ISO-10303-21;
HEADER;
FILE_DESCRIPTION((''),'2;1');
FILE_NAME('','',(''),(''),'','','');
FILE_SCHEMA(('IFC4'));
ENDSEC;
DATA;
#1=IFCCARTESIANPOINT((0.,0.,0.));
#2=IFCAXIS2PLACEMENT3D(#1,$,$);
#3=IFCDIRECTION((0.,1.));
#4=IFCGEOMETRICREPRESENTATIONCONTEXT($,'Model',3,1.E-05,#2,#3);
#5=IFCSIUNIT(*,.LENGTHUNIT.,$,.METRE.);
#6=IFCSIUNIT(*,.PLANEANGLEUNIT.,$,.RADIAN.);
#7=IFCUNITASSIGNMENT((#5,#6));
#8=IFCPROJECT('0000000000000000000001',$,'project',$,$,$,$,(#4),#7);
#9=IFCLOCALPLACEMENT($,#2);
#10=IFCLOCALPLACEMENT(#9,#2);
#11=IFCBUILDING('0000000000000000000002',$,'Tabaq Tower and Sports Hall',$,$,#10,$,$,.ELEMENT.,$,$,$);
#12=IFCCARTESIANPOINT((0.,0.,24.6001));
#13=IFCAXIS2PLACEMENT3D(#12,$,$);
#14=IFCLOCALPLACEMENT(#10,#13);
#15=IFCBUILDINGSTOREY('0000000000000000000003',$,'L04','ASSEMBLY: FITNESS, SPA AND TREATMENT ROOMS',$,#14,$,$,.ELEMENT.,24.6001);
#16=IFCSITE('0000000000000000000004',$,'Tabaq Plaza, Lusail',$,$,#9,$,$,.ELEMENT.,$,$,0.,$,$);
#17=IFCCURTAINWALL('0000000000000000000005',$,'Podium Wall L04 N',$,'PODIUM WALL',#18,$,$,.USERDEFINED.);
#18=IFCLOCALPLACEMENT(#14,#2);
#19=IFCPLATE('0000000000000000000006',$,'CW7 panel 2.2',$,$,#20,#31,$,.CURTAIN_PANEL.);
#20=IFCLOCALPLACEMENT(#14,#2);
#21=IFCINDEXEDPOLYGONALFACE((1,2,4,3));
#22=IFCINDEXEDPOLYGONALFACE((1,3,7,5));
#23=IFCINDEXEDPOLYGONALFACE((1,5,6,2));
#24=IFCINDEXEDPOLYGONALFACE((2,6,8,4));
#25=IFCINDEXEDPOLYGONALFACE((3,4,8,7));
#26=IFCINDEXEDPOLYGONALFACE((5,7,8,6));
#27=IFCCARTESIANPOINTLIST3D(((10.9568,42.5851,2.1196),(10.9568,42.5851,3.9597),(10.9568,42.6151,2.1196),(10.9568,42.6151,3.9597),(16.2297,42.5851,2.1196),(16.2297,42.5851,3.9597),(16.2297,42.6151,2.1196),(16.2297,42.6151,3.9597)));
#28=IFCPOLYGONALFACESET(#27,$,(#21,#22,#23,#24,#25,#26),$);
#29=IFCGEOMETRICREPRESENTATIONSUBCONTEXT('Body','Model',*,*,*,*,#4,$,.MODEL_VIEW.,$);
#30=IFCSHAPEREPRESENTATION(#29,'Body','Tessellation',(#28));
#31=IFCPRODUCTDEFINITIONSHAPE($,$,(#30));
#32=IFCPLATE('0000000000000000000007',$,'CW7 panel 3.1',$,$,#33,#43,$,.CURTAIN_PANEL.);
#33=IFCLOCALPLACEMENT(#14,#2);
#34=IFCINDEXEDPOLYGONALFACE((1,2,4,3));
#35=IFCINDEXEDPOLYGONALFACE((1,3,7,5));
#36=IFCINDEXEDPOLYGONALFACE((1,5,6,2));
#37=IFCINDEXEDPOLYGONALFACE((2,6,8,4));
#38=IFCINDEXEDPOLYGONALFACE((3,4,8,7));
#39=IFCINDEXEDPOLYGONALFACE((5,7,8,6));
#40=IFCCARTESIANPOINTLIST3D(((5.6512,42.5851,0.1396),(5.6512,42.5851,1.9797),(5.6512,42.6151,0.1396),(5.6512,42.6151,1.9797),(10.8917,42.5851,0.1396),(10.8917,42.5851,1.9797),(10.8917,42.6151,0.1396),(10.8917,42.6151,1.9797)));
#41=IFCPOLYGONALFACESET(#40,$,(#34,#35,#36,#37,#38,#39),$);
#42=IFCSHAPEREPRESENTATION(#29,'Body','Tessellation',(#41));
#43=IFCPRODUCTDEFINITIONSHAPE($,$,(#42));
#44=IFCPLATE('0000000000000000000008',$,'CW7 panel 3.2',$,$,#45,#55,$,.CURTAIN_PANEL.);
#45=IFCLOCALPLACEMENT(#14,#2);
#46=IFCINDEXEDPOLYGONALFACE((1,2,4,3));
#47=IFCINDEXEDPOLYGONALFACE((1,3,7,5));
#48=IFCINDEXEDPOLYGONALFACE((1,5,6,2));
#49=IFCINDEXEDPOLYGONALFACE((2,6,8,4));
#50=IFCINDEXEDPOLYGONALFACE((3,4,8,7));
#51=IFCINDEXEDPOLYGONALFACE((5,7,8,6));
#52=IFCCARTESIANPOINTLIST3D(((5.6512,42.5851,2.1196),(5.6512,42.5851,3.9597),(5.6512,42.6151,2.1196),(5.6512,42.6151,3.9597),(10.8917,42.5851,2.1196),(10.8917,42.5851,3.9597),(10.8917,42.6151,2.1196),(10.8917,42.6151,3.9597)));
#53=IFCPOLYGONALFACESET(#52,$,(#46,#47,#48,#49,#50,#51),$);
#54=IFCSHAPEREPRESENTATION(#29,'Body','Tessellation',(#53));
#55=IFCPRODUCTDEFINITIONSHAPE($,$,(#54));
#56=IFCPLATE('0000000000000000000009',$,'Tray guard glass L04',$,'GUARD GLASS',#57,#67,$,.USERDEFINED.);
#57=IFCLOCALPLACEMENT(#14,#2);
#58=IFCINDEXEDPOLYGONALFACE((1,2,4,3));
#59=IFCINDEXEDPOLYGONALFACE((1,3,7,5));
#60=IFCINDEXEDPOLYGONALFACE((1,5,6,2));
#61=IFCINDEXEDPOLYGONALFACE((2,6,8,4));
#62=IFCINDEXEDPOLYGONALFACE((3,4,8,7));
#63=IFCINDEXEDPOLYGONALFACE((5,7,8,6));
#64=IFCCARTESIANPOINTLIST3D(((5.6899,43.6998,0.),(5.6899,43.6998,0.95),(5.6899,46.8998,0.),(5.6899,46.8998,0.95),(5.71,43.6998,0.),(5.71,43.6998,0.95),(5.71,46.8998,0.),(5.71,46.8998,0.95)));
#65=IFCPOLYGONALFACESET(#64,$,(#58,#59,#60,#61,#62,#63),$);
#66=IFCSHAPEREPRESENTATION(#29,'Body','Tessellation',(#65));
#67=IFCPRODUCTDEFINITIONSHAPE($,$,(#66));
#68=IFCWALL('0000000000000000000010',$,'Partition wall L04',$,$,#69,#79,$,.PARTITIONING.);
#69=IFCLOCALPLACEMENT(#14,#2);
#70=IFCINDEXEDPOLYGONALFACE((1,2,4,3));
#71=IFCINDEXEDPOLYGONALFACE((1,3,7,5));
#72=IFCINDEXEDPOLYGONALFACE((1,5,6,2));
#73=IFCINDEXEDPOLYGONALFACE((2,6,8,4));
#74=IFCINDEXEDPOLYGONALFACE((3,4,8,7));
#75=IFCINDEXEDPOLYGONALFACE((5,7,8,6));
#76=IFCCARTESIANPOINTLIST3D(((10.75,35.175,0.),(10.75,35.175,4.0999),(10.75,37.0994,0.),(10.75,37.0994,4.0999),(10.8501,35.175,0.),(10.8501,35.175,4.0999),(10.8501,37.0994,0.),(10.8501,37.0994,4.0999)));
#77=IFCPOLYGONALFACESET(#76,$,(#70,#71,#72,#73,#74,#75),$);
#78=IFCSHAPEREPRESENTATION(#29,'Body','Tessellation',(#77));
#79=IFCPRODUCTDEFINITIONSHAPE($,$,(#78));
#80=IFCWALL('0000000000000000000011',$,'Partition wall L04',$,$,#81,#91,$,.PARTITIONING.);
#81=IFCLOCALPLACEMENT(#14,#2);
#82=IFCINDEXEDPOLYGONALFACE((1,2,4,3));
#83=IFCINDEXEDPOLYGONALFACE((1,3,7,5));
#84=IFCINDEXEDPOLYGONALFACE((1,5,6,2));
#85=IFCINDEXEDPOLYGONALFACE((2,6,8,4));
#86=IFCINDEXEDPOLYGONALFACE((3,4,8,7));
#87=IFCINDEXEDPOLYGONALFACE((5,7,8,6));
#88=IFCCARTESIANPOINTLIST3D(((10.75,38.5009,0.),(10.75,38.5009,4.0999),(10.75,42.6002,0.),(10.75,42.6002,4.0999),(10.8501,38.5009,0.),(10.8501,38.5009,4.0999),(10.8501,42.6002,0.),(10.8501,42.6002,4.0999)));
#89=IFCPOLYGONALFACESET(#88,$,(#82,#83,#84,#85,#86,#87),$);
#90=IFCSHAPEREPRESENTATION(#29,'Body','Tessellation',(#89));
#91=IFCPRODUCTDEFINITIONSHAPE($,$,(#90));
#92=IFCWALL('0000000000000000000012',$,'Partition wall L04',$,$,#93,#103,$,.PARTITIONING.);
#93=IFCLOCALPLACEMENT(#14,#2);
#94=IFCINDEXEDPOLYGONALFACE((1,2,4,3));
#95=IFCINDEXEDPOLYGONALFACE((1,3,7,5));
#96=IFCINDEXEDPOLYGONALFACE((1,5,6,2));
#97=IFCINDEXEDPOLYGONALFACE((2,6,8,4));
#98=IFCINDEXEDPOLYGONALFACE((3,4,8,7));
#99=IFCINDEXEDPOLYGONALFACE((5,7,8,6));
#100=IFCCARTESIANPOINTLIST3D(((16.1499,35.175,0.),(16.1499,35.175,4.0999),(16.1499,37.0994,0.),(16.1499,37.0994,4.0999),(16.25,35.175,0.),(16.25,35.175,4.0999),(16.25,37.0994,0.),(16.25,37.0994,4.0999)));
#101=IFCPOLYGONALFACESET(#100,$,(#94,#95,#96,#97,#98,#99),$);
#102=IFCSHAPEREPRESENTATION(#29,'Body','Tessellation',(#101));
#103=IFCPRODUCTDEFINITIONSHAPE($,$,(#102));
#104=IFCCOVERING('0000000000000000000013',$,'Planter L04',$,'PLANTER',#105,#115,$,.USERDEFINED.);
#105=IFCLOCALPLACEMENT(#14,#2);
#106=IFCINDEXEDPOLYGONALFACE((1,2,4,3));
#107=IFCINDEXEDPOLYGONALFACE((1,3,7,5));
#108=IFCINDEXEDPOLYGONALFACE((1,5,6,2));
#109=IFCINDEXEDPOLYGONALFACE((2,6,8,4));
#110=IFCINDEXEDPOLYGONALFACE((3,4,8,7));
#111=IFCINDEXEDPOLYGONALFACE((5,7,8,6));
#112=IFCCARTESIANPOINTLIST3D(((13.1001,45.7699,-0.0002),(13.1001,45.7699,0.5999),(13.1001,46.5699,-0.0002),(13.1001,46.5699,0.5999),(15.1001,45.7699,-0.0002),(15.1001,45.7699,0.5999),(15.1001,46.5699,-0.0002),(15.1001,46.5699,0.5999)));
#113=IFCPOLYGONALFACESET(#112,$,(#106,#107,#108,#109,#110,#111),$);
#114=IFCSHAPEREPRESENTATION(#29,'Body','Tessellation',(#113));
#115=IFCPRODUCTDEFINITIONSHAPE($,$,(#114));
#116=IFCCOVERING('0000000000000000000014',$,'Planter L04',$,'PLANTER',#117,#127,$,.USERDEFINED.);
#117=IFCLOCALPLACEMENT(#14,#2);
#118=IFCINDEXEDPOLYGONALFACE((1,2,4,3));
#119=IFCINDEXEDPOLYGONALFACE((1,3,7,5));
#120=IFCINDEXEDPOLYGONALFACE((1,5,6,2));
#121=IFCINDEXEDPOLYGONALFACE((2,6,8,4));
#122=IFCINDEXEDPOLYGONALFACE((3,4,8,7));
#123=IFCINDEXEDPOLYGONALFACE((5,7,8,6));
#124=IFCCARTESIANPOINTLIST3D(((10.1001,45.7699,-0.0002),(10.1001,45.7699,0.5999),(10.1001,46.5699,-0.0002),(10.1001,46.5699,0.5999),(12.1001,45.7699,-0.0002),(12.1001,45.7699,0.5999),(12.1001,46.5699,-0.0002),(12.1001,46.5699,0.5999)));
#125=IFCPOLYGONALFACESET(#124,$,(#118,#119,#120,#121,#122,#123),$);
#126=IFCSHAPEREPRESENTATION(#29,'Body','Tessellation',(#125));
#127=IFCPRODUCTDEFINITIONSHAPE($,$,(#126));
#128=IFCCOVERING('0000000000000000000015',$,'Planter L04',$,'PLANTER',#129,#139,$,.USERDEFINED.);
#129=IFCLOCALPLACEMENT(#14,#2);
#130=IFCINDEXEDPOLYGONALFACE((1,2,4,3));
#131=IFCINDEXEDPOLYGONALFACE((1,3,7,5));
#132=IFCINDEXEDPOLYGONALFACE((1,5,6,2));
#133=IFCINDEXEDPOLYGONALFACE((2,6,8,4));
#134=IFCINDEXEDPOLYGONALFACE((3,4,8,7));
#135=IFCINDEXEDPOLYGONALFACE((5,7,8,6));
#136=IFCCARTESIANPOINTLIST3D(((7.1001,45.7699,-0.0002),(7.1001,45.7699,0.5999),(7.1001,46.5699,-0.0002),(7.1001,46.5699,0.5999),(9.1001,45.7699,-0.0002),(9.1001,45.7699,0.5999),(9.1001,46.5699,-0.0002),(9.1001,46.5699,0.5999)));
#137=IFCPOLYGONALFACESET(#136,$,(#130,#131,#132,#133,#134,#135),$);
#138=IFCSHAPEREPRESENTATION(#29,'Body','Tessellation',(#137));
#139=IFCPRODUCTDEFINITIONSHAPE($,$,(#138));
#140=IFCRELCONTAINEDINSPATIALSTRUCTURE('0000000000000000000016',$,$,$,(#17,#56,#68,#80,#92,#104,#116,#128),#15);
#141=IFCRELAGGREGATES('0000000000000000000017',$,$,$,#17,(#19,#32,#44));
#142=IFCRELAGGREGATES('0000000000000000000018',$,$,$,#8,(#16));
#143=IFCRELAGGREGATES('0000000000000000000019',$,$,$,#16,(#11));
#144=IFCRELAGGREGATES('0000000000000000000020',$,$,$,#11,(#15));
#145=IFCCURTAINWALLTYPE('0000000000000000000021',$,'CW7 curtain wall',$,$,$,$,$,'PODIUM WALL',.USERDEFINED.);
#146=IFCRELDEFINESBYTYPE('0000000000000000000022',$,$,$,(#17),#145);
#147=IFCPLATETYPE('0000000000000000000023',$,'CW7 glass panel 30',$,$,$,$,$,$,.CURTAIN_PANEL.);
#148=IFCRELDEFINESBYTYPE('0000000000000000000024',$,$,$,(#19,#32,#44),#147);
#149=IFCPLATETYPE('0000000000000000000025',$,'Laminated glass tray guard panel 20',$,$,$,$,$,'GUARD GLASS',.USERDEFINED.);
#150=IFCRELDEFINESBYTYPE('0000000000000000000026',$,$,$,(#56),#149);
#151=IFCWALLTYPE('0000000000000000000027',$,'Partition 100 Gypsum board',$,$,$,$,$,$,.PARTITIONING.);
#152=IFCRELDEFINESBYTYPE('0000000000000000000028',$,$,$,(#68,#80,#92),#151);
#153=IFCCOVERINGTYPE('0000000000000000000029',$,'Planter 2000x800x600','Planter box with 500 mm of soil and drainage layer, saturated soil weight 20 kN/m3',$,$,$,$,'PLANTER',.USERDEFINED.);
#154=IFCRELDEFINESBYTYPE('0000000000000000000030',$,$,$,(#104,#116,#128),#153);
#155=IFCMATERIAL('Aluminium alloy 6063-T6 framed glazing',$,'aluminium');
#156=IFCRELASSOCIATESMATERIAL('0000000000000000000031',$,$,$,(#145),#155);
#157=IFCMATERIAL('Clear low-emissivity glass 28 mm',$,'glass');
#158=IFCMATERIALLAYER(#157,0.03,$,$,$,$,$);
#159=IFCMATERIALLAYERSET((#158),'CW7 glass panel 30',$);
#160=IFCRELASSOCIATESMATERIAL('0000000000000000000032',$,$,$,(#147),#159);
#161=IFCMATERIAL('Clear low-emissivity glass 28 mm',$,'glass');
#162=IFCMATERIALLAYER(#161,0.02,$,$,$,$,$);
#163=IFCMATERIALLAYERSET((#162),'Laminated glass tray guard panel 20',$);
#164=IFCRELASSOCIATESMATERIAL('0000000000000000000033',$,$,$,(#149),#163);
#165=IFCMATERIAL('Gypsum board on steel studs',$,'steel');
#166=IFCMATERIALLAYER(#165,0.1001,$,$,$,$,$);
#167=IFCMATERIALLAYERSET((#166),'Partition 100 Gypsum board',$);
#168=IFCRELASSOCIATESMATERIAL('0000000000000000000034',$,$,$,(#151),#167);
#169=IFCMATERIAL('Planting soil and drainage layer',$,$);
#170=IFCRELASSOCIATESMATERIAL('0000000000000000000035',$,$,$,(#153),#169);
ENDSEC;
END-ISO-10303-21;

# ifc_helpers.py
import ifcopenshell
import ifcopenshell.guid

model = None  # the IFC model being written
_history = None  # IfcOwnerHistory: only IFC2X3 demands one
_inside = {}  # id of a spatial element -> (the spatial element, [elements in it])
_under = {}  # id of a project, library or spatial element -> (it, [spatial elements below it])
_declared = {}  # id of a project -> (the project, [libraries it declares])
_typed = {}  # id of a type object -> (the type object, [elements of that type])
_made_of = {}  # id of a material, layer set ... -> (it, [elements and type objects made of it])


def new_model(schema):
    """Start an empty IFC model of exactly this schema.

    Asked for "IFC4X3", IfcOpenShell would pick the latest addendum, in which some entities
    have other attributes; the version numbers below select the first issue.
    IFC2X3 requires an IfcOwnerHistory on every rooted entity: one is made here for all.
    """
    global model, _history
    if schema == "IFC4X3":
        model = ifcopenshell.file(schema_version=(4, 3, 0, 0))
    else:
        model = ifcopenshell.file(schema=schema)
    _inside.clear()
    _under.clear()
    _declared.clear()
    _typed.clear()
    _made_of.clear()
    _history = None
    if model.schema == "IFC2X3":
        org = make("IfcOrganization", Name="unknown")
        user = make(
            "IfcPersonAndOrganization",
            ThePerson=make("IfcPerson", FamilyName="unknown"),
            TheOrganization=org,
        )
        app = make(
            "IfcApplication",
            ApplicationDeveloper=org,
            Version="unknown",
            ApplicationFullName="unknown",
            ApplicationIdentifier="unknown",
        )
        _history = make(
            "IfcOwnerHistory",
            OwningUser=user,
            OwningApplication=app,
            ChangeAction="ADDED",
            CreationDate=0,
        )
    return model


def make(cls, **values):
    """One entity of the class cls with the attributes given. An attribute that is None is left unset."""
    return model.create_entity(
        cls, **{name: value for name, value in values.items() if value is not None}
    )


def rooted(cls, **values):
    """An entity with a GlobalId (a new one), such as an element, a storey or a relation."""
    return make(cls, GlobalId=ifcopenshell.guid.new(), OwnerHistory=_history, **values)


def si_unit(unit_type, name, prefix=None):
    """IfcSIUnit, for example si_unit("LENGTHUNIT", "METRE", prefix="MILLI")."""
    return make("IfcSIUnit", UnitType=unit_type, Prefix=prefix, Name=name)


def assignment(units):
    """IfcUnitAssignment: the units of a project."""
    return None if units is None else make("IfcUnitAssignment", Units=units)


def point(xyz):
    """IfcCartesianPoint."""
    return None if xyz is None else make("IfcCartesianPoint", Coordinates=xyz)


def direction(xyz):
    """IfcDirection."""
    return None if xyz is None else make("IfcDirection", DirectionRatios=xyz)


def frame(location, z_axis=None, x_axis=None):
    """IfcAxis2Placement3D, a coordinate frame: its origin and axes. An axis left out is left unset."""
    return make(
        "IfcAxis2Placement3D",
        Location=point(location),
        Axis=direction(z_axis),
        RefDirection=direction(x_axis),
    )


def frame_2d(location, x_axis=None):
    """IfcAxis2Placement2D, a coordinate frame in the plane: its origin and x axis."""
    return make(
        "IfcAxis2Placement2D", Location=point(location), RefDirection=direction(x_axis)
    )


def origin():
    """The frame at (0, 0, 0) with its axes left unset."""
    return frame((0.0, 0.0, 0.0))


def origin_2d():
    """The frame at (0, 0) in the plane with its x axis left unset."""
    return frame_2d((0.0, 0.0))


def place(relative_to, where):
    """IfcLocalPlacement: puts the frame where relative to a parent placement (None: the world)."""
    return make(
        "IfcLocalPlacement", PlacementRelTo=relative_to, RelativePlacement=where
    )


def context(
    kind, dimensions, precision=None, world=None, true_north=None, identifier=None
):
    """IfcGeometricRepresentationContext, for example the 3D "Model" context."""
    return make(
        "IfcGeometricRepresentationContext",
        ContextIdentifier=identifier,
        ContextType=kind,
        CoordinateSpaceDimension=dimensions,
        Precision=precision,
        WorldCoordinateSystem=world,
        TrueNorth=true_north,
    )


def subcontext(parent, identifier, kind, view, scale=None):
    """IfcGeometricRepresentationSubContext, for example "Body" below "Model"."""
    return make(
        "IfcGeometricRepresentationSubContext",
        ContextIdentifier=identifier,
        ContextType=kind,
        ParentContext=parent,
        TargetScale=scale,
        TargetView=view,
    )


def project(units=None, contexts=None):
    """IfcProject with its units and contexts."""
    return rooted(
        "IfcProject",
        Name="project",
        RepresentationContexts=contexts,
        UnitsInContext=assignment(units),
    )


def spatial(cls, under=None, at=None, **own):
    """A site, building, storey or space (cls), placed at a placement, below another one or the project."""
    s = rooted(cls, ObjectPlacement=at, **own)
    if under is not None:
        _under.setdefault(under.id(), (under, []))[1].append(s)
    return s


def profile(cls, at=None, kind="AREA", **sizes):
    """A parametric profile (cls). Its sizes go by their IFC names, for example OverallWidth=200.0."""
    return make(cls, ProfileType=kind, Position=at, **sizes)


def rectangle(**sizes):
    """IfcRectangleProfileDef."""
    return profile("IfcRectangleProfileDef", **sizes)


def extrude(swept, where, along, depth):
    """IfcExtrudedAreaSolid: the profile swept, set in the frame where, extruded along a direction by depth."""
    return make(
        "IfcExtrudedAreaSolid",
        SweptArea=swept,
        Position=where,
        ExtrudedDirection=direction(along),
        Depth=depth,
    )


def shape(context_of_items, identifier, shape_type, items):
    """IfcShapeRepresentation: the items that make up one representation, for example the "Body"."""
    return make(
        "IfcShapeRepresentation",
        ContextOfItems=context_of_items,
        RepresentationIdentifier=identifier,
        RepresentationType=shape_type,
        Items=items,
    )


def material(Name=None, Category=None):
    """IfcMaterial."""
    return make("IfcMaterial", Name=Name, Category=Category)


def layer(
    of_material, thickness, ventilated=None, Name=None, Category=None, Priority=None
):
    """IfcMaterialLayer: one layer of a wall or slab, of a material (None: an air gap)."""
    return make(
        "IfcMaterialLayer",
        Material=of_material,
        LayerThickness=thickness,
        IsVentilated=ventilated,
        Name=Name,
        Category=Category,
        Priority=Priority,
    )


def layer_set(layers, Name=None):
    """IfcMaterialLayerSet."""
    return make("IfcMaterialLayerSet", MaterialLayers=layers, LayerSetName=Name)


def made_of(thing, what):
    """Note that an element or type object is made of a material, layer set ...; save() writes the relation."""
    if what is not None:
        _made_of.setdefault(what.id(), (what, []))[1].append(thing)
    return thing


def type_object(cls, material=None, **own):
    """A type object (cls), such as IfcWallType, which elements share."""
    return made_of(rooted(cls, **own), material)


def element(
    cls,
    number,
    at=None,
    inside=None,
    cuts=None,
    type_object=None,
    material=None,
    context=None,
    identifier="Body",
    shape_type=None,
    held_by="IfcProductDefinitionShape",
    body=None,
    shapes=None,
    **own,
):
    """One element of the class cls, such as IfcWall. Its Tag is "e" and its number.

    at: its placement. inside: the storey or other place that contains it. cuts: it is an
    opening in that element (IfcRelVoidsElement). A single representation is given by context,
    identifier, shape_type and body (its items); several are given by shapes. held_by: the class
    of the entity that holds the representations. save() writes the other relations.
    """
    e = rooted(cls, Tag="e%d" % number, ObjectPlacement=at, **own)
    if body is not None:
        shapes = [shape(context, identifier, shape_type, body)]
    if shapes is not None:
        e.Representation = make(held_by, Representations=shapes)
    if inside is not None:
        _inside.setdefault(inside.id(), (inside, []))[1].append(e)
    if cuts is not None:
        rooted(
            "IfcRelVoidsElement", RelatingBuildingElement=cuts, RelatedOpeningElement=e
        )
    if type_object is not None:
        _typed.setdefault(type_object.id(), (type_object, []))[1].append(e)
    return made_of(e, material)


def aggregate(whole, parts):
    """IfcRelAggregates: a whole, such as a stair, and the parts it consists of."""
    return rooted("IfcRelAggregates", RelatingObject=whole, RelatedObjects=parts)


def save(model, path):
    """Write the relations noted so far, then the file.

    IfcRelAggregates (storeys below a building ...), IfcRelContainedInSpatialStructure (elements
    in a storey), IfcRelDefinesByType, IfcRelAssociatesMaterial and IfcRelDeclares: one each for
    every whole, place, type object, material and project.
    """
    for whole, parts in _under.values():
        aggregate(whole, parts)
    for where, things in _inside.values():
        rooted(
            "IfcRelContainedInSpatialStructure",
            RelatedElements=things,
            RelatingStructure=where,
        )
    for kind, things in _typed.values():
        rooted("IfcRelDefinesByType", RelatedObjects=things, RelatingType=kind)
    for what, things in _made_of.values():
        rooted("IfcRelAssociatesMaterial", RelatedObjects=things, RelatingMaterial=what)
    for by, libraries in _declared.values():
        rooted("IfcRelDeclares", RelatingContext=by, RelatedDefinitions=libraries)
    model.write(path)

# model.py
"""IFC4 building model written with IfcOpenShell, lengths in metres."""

from ifc_helpers import new_model, si_unit, direction, frame, frame_2d, origin, origin_2d, place, context, subcontext, project, spatial, rectangle, extrude, material, layer, layer_set, type_object, element, aggregate, save


model = new_model("IFC4")

# Units and contexts
model_context = context("Model", 3, precision=1e-05, world=origin(), true_north=direction((0.0, 1.0)))
body_context = subcontext(model_context, "Body", "Model", "MODEL_VIEW")
ifc_project = project(units=[si_unit("LENGTHUNIT", "METRE"), si_unit("PLANEANGLEUNIT", "RADIAN")], contexts=[model_context])

# Site, building, storey
site_placement = place(None, origin())
site = spatial("IfcSite", under=ifc_project, at=site_placement, Name="Tabaq Plaza, Lusail", CompositionType="ELEMENT", RefElevation=0.0)
building_placement = place(site_placement, origin())
building = spatial("IfcBuilding", under=site, at=building_placement, Name="Tabaq Tower and Sports Hall", CompositionType="ELEMENT")
storey_placement = place(building_placement, frame((0.0, 0.0, 24.6001)))
storey = spatial("IfcBuildingStorey", under=building, at=storey_placement, Name="L04", Description="ASSEMBLY: FITNESS, SPA AND TREATMENT ROOMS", CompositionType="ELEMENT", Elevation=24.6001)

# Curtain wall
ifc_material_1 = material(Name="Aluminium alloy 6063-T6 framed glazing", Category="aluminium")
curtain_wall_type = type_object("IfcCurtainWallType", Name="CW7 curtain wall", ElementType="PODIUM WALL", PredefinedType="USERDEFINED", material=ifc_material_1)
curtain_wall_1_placement = place(storey_placement, origin())
curtain_wall_1 = element("IfcCurtainWall", 1, at=curtain_wall_1_placement, inside=storey, type_object=curtain_wall_type, Name="Podium Wall L04 N", ObjectType="PODIUM WALL", PredefinedType="USERDEFINED")

# Plates
ifc_material_2 = material(Name="Clear low-emissivity glass 28 mm", Category="glass")
ifc_layer_1 = layer(ifc_material_2, 0.03)
ifc_layer_set_1 = layer_set([ifc_layer_1], Name="CW7 glass panel 30")
plate_type_1 = type_object("IfcPlateType", Name="CW7 glass panel 30", PredefinedType="CURTAIN_PANEL", material=ifc_layer_set_1)
plate_1_placement = place(storey_placement, frame((13.5933, 42.6001, 2.1196), z_axis=(0.0, 0.0, 1.0), x_axis=(-1.0, 0.0, 0.0)))
plate_1 = element("IfcPlate", 2, at=plate_1_placement, type_object=plate_type_1, Name="CW7 panel 2.2", PredefinedType="CURTAIN_PANEL", context=body_context, shape_type="SweptSolid", body=[
    extrude(rectangle(XDim=5.2729, YDim=0.03, at=origin_2d()), origin(), (0.0, 0.0, 1.0), 1.8401),
])
plate_2_placement = place(storey_placement, frame((8.2715, 42.6001, 0.1396), z_axis=(0.0, 0.0, 1.0), x_axis=(-1.0, 0.0, 0.0)))
plate_2 = element("IfcPlate", 3, at=plate_2_placement, type_object=plate_type_1, Name="CW7 panel 3.1", PredefinedType="CURTAIN_PANEL", context=body_context, shape_type="SweptSolid", body=[
    extrude(rectangle(XDim=5.2405, YDim=0.03, at=origin_2d()), origin(), (0.0, 0.0, 1.0), 1.8401),
])
plate_3_placement = place(storey_placement, frame((8.2715, 42.6001, 2.1196), z_axis=(0.0, 0.0, 1.0), x_axis=(-1.0, 0.0, 0.0)))
plate_3 = element("IfcPlate", 4, at=plate_3_placement, type_object=plate_type_1, Name="CW7 panel 3.2", PredefinedType="CURTAIN_PANEL", context=body_context, shape_type="SweptSolid", body=[
    extrude(rectangle(XDim=5.2405, YDim=0.03, at=origin_2d()), origin(), (0.0, 0.0, 1.0), 1.8401),
])
aggregate(curtain_wall_1, [plate_1, plate_2, plate_3])
ifc_material_3 = material(Name="Clear low-emissivity glass 28 mm", Category="glass")
ifc_layer_2 = layer(ifc_material_3, 0.02)
ifc_layer_set_2 = layer_set([ifc_layer_2], Name="Laminated glass tray guard panel 20")
plate_type_2 = type_object("IfcPlateType", Name="Laminated glass tray guard panel 20", ElementType="GUARD GLASS", PredefinedType="USERDEFINED", material=ifc_layer_set_2)
plate_4_placement = place(storey_placement, frame((5.7, 46.8999, 0.0), z_axis=(0.0, 0.0, 1.0), x_axis=(0.0, -1.0, 0.0)))
element("IfcPlate", 5, at=plate_4_placement, inside=storey, type_object=plate_type_2, Name="Tray guard glass L04", ObjectType="GUARD GLASS", PredefinedType="USERDEFINED", context=body_context, shape_type="SweptSolid", body=[
    extrude(rectangle(XDim=3.2, YDim=0.02, at=frame_2d((1.6001, 0.0))), origin(), (0.0, 0.0, 1.0), 0.95),
])

# Walls
ifc_material_4 = material(Name="Gypsum board on steel studs", Category="steel")
ifc_layer_3 = layer(ifc_material_4, 0.1001)
ifc_layer_set_3 = layer_set([ifc_layer_3], Name="Partition 100 Gypsum board")
wall_type = type_object("IfcWallType", Name="Partition 100 Gypsum board", PredefinedType="PARTITIONING", material=ifc_layer_set_3)
wall_1_placement = place(storey_placement, frame((10.8, 35.175, 0.0), z_axis=(0.0, 0.0, 1.0), x_axis=(0.0, 1.0, 0.0)))
element("IfcWall", 6, at=wall_1_placement, inside=storey, type_object=wall_type, Name="Partition wall L04", PredefinedType="PARTITIONING", context=body_context, shape_type="SweptSolid", body=[
    extrude(rectangle(XDim=1.9243, YDim=0.1001, at=frame_2d((0.9622, 0.0))), origin(), (0.0, 0.0, 1.0), 4.0999),
])
wall_2_placement = place(storey_placement, frame((10.8, 38.5007, 0.0), z_axis=(0.0, 0.0, 1.0), x_axis=(0.0, 1.0, 0.0)))
element("IfcWall", 7, at=wall_2_placement, inside=storey, type_object=wall_type, Name="Partition wall L04", PredefinedType="PARTITIONING", context=body_context, shape_type="SweptSolid", body=[
    extrude(rectangle(XDim=4.0994, YDim=0.1001, at=frame_2d((2.0498, 0.0))), origin(), (0.0, 0.0, 1.0), 4.0999),
])
wall_3_placement = place(storey_placement, frame((16.2, 35.175, 0.0), z_axis=(0.0, 0.0, 1.0), x_axis=(0.0, 1.0, 0.0)))
element("IfcWall", 8, at=wall_3_placement, inside=storey, type_object=wall_type, Name="Partition wall L04", PredefinedType="PARTITIONING", context=body_context, shape_type="SweptSolid", body=[
    extrude(rectangle(XDim=1.9243, YDim=0.1001, at=frame_2d((0.9622, 0.0))), origin(), (0.0, 0.0, 1.0), 4.0999),
])

# Coverings
ifc_material_5 = material(Name="Planting soil and drainage layer")
covering_type = type_object("IfcCoveringType", Name="Planter 2000x800x600", Description="Planter box with 500 mm of soil and drainage layer, saturated soil weight 20 kN/m3", ElementType="PLANTER", PredefinedType="USERDEFINED", material=ifc_material_5)
for number, where, z_axis, x_axis, name in (
    (9, (14.1001, 46.1699, -0.0002), (0.0, 0.0, 1.0), (-1.0, 0.0, 0.0), "Planter L04"),
    (10, (11.1001, 46.1699, -0.0002), (0.0, 0.0, 1.0), (-1.0, 0.0, 0.0), "Planter L04"),
    (11, (8.1001, 46.1699, -0.0002), (0.0, 0.0, 1.0), (-1.0, 0.0, 0.0), "Planter L04"),
):
    element("IfcCovering", number, at=place(storey_placement, frame(where, z_axis=z_axis, x_axis=x_axis)), inside=storey, type_object=covering_type, Name=name, ObjectType="PLANTER", PredefinedType="USERDEFINED", context=body_context, shape_type="SweptSolid", body=[
        extrude(rectangle(XDim=2.0, YDim=0.8, at=origin_2d()), origin(), (0.0, 0.0, 1.0), 0.6001),
    ])

save(model, "model.ifc")
